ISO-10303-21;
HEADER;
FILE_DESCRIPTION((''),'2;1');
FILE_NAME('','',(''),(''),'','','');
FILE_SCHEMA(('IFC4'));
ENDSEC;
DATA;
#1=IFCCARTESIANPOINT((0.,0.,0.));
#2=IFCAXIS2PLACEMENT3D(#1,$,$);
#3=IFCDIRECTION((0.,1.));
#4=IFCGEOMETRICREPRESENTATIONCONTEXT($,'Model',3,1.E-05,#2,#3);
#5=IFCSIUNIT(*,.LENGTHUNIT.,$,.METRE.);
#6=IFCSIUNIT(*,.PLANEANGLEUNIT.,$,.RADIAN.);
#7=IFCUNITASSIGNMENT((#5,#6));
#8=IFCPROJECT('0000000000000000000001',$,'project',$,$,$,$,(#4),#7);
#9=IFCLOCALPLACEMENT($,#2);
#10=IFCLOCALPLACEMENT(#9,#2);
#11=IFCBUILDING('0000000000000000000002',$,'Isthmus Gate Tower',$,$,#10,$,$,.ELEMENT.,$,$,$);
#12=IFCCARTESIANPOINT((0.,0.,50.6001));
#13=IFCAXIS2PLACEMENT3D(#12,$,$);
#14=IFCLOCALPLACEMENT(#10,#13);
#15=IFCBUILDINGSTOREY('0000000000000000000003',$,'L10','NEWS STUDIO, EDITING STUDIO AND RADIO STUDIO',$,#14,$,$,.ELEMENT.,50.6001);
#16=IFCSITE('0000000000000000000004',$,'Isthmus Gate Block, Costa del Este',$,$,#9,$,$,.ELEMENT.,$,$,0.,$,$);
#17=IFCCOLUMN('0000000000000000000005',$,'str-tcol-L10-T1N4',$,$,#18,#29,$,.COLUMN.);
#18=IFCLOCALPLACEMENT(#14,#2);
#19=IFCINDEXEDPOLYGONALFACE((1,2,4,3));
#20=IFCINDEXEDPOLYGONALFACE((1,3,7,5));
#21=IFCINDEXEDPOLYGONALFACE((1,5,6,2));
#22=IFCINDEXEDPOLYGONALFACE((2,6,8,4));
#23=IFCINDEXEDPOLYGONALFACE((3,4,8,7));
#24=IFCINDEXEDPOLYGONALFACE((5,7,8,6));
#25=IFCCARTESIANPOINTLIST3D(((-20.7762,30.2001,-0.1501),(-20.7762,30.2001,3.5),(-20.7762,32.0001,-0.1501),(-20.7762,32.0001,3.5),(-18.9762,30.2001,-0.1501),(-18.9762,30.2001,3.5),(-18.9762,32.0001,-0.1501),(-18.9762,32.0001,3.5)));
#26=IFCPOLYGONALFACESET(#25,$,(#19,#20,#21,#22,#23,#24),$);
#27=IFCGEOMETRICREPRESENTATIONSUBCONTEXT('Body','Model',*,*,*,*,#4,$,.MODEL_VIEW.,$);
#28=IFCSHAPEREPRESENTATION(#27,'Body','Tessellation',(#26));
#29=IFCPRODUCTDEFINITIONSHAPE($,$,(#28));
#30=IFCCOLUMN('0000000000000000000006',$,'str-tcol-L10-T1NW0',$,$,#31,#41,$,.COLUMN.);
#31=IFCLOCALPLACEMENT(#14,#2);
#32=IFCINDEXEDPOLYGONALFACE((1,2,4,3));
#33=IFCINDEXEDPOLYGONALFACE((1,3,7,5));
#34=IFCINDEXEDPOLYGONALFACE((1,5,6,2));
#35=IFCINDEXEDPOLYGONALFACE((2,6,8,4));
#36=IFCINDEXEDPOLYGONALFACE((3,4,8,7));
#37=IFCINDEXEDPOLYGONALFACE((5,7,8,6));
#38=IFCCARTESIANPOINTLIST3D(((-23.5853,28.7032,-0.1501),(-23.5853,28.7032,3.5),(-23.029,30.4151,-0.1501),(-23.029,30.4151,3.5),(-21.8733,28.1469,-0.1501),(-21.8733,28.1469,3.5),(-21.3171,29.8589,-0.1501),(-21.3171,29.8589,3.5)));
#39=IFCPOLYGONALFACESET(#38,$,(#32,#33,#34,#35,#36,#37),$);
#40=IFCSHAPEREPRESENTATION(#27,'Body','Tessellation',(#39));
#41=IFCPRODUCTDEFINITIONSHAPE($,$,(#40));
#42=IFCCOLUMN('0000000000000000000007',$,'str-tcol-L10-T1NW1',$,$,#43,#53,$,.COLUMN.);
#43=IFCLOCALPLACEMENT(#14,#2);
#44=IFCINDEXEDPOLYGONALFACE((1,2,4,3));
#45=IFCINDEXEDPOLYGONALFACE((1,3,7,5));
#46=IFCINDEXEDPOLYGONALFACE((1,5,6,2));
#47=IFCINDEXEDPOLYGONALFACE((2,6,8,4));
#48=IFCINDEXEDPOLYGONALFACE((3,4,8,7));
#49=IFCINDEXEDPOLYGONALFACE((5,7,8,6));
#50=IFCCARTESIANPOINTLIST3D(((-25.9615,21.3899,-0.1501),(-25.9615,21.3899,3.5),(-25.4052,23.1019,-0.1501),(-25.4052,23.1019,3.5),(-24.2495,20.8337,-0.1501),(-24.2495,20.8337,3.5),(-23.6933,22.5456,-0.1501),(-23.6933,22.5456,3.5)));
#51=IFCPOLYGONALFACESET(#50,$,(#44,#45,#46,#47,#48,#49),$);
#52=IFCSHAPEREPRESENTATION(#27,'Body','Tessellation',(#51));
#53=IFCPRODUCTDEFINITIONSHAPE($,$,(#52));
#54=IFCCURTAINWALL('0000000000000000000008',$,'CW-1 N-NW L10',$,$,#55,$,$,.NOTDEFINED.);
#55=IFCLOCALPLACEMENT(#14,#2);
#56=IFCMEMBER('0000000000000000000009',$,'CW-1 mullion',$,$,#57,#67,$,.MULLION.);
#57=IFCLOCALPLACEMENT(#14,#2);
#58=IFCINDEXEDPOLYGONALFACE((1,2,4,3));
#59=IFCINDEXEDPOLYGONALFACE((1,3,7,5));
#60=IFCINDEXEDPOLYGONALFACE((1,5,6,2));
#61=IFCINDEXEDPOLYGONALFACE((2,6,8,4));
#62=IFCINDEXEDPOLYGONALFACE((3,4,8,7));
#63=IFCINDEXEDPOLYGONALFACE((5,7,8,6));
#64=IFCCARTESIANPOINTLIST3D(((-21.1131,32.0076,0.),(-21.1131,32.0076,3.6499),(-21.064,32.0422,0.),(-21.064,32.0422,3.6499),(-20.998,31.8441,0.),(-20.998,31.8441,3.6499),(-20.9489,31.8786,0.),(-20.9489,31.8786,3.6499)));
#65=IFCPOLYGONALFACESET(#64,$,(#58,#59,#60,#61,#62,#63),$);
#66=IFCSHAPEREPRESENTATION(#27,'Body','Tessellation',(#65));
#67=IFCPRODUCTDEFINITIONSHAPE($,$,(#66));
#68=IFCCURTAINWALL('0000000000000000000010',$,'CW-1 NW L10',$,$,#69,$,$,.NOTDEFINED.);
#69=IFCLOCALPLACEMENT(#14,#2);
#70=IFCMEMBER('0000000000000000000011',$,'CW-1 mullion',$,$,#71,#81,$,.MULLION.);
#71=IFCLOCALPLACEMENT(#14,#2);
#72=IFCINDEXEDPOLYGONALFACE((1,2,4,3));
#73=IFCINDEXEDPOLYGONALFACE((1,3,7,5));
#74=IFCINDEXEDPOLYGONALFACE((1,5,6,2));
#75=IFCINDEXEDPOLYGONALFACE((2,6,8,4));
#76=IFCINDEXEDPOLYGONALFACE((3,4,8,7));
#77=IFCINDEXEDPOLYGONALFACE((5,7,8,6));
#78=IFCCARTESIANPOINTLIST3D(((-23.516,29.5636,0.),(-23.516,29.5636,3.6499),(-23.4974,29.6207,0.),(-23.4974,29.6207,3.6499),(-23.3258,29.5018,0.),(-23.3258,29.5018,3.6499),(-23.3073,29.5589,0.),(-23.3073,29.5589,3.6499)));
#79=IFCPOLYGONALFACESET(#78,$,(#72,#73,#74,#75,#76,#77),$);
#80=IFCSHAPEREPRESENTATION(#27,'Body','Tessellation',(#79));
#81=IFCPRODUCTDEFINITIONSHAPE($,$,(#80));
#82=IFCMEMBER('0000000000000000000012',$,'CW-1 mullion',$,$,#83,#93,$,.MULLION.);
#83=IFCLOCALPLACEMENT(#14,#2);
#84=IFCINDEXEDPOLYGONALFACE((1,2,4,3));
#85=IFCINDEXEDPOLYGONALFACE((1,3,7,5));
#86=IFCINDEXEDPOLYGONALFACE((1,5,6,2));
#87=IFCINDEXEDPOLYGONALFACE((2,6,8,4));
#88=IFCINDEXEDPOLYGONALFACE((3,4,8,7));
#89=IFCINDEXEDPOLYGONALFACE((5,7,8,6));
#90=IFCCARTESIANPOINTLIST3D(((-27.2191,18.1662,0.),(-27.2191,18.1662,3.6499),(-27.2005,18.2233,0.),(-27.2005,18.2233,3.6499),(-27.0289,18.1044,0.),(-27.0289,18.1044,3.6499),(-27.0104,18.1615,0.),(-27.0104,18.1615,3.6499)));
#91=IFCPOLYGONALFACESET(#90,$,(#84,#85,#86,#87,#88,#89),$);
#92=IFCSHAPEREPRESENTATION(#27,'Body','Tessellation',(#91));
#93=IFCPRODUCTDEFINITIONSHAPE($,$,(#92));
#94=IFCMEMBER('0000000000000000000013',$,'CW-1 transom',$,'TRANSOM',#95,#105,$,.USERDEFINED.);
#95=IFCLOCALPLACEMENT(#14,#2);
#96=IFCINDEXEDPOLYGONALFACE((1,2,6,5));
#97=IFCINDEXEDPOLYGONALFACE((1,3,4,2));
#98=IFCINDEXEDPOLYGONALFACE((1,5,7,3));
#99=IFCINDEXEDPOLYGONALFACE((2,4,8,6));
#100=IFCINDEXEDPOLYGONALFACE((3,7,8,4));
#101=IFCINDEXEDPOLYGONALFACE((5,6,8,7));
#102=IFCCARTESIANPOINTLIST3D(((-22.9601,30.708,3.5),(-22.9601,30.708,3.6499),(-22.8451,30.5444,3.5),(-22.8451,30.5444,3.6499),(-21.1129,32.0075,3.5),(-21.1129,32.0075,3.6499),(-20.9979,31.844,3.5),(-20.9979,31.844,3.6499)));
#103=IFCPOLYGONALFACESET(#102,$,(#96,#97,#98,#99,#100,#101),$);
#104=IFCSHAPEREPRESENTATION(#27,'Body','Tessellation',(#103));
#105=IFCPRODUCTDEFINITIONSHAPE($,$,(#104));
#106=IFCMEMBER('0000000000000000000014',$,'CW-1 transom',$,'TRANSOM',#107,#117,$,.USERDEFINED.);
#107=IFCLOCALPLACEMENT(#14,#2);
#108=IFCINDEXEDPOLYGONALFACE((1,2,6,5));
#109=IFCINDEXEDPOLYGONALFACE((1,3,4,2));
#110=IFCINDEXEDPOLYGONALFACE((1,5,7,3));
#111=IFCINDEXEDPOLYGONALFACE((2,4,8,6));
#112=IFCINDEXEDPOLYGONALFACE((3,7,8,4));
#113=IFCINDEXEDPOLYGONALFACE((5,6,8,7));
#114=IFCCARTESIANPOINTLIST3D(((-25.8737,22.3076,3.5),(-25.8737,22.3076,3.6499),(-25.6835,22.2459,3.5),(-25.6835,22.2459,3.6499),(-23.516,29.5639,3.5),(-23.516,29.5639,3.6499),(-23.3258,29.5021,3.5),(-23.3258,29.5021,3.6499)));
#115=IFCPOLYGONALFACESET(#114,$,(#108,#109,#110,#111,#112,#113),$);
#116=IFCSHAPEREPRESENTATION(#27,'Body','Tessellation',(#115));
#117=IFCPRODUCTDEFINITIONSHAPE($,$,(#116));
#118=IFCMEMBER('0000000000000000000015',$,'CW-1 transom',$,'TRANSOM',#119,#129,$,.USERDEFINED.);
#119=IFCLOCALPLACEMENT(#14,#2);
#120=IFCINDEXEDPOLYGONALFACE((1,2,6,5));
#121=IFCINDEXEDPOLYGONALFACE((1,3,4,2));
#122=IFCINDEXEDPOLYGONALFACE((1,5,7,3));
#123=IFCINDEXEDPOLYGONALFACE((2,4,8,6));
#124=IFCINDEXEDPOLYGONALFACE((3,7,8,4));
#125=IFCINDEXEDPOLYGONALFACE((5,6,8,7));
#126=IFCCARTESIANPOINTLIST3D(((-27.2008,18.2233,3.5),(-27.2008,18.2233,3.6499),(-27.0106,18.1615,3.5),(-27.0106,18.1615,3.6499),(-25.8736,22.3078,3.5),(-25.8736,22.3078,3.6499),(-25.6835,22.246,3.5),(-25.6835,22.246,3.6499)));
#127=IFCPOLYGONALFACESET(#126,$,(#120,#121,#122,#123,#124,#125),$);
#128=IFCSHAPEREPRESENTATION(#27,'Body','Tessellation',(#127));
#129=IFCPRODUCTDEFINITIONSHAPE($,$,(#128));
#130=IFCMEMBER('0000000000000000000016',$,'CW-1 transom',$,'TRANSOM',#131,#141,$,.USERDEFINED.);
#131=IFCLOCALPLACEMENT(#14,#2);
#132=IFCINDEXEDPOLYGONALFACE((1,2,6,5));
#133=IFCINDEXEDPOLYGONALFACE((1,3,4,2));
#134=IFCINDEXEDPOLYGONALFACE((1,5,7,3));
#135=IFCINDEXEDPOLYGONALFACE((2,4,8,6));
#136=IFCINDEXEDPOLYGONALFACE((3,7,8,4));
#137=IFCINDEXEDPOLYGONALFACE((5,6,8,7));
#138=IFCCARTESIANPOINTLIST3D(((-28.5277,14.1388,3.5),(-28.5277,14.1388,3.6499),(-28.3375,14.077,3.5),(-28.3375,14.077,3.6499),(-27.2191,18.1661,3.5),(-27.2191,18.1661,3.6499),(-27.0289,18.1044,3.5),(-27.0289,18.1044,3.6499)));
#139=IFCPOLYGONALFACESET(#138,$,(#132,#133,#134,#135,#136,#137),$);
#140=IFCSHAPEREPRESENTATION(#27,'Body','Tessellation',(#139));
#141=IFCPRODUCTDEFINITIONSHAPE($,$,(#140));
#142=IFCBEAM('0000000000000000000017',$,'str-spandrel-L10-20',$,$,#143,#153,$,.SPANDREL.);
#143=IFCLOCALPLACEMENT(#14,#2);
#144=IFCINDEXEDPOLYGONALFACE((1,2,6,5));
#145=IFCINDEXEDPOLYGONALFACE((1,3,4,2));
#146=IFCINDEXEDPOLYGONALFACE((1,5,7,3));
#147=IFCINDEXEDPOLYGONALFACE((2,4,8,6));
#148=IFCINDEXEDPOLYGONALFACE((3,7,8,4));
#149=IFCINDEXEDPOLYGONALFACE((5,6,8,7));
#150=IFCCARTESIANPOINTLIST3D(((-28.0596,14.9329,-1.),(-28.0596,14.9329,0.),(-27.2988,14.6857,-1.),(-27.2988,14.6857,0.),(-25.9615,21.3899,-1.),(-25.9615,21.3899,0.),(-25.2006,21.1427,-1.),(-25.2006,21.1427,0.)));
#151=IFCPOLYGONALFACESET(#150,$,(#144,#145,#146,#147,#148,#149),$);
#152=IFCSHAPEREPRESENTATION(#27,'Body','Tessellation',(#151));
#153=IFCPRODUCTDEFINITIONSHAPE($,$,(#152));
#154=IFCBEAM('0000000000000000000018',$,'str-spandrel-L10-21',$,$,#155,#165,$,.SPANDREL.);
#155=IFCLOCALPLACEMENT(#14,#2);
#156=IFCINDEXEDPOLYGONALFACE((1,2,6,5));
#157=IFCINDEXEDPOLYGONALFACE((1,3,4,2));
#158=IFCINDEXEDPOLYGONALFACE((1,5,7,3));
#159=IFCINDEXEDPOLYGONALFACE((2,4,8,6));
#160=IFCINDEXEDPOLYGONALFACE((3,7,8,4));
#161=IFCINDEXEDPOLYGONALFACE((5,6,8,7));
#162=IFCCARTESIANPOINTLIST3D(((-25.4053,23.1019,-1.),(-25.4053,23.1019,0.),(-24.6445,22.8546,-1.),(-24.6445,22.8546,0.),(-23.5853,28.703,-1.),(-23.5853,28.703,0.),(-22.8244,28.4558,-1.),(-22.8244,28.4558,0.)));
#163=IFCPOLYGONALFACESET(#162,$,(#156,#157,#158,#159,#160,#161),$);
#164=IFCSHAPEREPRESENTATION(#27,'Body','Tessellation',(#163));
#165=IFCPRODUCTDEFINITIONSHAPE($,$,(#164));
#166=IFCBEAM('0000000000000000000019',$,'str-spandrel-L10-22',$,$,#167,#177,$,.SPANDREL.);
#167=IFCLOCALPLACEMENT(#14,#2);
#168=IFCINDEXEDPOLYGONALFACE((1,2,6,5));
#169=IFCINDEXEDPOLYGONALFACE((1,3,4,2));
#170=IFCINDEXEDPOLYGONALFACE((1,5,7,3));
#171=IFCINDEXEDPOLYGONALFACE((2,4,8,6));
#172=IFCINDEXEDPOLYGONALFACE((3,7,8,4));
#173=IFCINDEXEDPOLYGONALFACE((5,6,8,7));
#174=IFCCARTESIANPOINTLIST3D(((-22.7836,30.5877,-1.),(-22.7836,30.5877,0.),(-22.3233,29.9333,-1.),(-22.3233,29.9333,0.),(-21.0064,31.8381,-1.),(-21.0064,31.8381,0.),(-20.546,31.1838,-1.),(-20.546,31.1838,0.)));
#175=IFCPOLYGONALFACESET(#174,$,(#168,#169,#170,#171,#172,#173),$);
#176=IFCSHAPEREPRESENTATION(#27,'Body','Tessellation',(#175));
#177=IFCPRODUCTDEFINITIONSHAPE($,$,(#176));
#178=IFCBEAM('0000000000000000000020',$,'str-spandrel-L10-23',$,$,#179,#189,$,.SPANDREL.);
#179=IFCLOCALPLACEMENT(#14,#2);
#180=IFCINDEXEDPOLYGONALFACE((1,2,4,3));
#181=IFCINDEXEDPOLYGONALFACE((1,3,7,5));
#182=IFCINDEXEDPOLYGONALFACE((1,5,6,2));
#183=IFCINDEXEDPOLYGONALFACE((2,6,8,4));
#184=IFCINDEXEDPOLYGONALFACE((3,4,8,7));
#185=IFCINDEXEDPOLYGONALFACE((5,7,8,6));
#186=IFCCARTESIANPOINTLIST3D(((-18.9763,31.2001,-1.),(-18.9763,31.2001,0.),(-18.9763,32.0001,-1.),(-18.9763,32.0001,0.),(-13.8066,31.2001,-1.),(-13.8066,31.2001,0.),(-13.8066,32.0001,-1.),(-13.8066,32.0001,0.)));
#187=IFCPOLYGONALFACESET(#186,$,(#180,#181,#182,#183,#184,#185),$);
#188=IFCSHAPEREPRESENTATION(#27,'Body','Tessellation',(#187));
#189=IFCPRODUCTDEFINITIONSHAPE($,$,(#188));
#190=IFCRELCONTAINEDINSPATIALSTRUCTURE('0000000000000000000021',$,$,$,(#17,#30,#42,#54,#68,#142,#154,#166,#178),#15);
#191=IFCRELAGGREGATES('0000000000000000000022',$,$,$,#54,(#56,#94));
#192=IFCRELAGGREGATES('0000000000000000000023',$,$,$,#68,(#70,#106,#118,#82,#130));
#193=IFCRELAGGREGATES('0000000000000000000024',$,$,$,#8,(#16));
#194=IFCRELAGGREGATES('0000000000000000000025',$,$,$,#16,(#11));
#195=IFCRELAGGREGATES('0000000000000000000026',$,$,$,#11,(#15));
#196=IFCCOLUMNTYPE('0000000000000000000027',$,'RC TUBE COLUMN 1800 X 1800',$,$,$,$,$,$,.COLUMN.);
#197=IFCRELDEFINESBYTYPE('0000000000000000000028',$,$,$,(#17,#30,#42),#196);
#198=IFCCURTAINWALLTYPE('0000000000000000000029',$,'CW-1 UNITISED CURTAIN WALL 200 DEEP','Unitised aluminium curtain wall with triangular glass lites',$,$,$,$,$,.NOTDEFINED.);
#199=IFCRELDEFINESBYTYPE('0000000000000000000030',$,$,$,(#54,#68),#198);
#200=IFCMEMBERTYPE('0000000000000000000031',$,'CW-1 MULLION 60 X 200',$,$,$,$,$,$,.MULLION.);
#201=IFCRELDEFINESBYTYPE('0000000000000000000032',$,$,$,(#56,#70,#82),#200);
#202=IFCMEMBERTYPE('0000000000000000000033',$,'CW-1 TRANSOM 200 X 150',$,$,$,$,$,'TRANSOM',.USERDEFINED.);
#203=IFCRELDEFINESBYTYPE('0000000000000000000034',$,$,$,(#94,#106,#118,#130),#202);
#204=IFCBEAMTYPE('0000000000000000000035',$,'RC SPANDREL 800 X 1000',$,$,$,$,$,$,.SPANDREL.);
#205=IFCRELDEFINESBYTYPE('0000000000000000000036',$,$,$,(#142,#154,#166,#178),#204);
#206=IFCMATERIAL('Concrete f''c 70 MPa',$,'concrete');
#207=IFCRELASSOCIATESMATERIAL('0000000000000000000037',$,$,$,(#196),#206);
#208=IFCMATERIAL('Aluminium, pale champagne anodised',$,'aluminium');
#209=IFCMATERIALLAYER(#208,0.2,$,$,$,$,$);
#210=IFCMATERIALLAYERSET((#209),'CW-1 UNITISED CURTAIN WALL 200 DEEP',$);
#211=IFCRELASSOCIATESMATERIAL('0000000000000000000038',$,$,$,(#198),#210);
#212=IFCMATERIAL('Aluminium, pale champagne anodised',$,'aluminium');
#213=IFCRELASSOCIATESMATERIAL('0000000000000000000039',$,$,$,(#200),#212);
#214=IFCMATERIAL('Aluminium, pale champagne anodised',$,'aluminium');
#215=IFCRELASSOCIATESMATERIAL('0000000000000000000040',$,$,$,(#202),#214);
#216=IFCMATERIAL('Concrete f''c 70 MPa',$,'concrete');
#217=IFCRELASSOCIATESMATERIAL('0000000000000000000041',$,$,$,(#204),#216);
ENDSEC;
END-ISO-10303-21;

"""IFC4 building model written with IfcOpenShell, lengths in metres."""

from ifc_helpers import new_model, si_unit, direction, frame, origin, origin_2d, place, context, subcontext, project, spatial, rectangle, extrude, material, layer, layer_set, material_profile, profile_set, type_object, element, aggregate, save


model = new_model("IFC4")

# Units and contexts
model_context = context("Model", 3, precision=1e-05, world=origin(), true_north=direction((0.0, 1.0)))
body_context = subcontext(model_context, "Body", "Model", "MODEL_VIEW")
ifc_project = project(units=[si_unit("LENGTHUNIT", "METRE"), si_unit("PLANEANGLEUNIT", "RADIAN")], contexts=[model_context])

# Site, building, storey
site_placement = place(None, origin())
site = spatial("IfcSite", under=ifc_project, at=site_placement, Name="Isthmus Gate Block, Costa del Este", CompositionType="ELEMENT", RefElevation=0.0)
building_placement = place(site_placement, origin())
building = spatial("IfcBuilding", under=site, at=building_placement, Name="Isthmus Gate Tower", CompositionType="ELEMENT")
storey_placement = place(building_placement, frame((0.0, 0.0, 50.6001)))
storey = spatial("IfcBuildingStorey", under=building, at=storey_placement, Name="L10", Description="NEWS STUDIO, EDITING STUDIO AND RADIO STUDIO", CompositionType="ELEMENT", Elevation=50.6001)

# Columns
ifc_material_1 = material(Name="Concrete f'c 70 MPa", Category="concrete")
ifc_material_profile_1 = material_profile(ifc_material_1, rectangle(XDim=1.8, YDim=1.8, at=origin_2d()), Name="RC 1800X1800")
ifc_profile_set_1 = profile_set([ifc_material_profile_1], Name="Concrete f'c 70 MPa")
column_type = type_object("IfcColumnType", Name="RC TUBE COLUMN 1800 X 1800", PredefinedType="COLUMN", material=ifc_profile_set_1)
for number, where, z_axis, x_axis, name in (
    (1, (-19.8762, 31.1001, -0.1501), (0.0, 0.0, 1.0), (-1.0, 0.0, 0.0), "str-tcol-L10-T1N4"),
    (2, (-22.4512, 29.281, -0.1501), (0.0, 0.0, 1.0), (-0.309017, -0.951057, 0.0), "str-tcol-L10-T1NW0"),
    (3, (-24.8274, 21.9678, -0.1501), (0.0, 0.0, 1.0), (-0.309017, -0.951057, 0.0), "str-tcol-L10-T1NW1"),
):
    element("IfcColumn", number, at=place(storey_placement, frame(where, z_axis=z_axis, x_axis=x_axis)), inside=storey, type_object=column_type, Name=name, PredefinedType="COLUMN", context=body_context, shape_type="SweptSolid", body=[
        extrude(rectangle(XDim=1.8, YDim=1.8, at=origin_2d()), origin(), (0.0, 0.0, 1.0), 3.6501),
    ])

# Curtain wall, member
ifc_material_2 = material(Name="Aluminium, pale champagne anodised", Category="aluminium")
ifc_layer_1 = layer(ifc_material_2, 0.2)
ifc_layer_set_1 = layer_set([ifc_layer_1], Name="CW-1 UNITISED CURTAIN WALL 200 DEEP")
curtain_wall_type = type_object("IfcCurtainWallType", Name="CW-1 UNITISED CURTAIN WALL 200 DEEP", Description="Unitised aluminium curtain wall with triangular glass lites", PredefinedType="NOTDEFINED", material=ifc_layer_set_1)
curtain_wall_1_placement = place(storey_placement, origin())
curtain_wall_1 = element("IfcCurtainWall", 4, at=curtain_wall_1_placement, inside=storey, type_object=curtain_wall_type, Name="CW-1 N-NW L10", PredefinedType="NOTDEFINED")
ifc_material_3 = material(Name="Aluminium, pale champagne anodised", Category="aluminium")
ifc_material_profile_2 = material_profile(ifc_material_3, rectangle(XDim=0.0601, YDim=0.2, at=origin_2d()), Name="60x200")
ifc_profile_set_2 = profile_set([ifc_material_profile_2], Name="Aluminium, pale champagne anodised")
member_type_1 = type_object("IfcMemberType", Name="CW-1 MULLION 60 X 200", PredefinedType="MULLION", material=ifc_profile_set_2)
member_1_placement = place(storey_placement, frame((-21.031, 31.9431, 0.0), z_axis=(0.0, 0.0, 1.0), x_axis=(-0.81786, -0.575418, 0.0)))
member_1 = element("IfcMember", 5, at=member_1_placement, type_object=member_type_1, Name="CW-1 mullion", PredefinedType="MULLION", context=body_context, shape_type="SweptSolid", body=[
    extrude(rectangle(XDim=0.0601, YDim=0.2, at=origin_2d()), origin(), (0.0, 0.0, 1.0), 3.6499),
])

# Curtain wall, members
curtain_wall_2_placement = place(storey_placement, origin())
curtain_wall_2 = element("IfcCurtainWall", 6, at=curtain_wall_2_placement, inside=storey, type_object=curtain_wall_type, Name="CW-1 NW L10", PredefinedType="NOTDEFINED")
member_2_placement = place(storey_placement, frame((-23.4116, 29.5613, 0.0), z_axis=(0.0, 0.0, 1.0), x_axis=(-0.309017, -0.951057, 0.0)))
member_2 = element("IfcMember", 7, at=member_2_placement, type_object=member_type_1, Name="CW-1 mullion", PredefinedType="MULLION", context=body_context, shape_type="SweptSolid", body=[
    extrude(rectangle(XDim=0.0601, YDim=0.2, at=origin_2d()), origin(), (0.0, 0.0, 1.0), 3.6499),
])
member_3_placement = place(storey_placement, frame((-27.1147, 18.1638, 0.0), z_axis=(0.0, 0.0, 1.0), x_axis=(-0.309017, -0.951057, 0.0)))
member_3 = element("IfcMember", 8, at=member_3_placement, type_object=member_type_1, Name="CW-1 mullion", PredefinedType="MULLION", context=body_context, shape_type="SweptSolid", body=[
    extrude(rectangle(XDim=0.0601, YDim=0.2, at=origin_2d()), origin(), (0.0, 0.0, 1.0), 3.6499),
])

# Members
ifc_material_4 = material(Name="Aluminium, pale champagne anodised", Category="aluminium")
ifc_material_profile_3 = material_profile(ifc_material_4, rectangle(XDim=0.2, YDim=0.1499, at=origin_2d()), Name="200x150")
ifc_profile_set_3 = profile_set([ifc_material_profile_3], Name="Aluminium, pale champagne anodised")
member_type_2 = type_object("IfcMemberType", Name="CW-1 TRANSOM 200 X 150", ElementType="TRANSOM", PredefinedType="USERDEFINED", material=ifc_profile_set_3)
member_4_placement = place(storey_placement, frame((-21.0554, 31.9258, 3.575), z_axis=(-0.817869, -0.575405, 0.0), x_axis=(0.575405, -0.817869, 0.0)))
member_4 = element("IfcMember", 9, at=member_4_placement, type_object=member_type_2, Name="CW-1 transom", ObjectType="TRANSOM", PredefinedType="USERDEFINED", context=body_context, shape_type="SweptSolid", body=[
    extrude(rectangle(XDim=0.2, YDim=0.1499, at=origin_2d()), origin(), (0.0, 0.0, 1.0), 2.2585),
])
member_5_placement = place(storey_placement, frame((-23.4209, 29.533, 3.575), z_axis=(-0.309019, -0.951056, 0.0), x_axis=(0.951056, -0.309019, 0.0)))
member_5 = element("IfcMember", 10, at=member_5_placement, type_object=member_type_2, Name="CW-1 transom", ObjectType="TRANSOM", PredefinedType="USERDEFINED", context=body_context, shape_type="SweptSolid", body=[
    extrude(rectangle(XDim=0.2, YDim=0.1499, at=origin_2d()), origin(), (0.0, 0.0, 1.0), 7.6296),
])
member_6_placement = place(storey_placement, frame((-25.7786, 22.2769, 3.575), z_axis=(-0.309022, -0.951055, 0.0), x_axis=(0.951055, -0.309022, 0.0)))
member_6 = element("IfcMember", 11, at=member_6_placement, type_object=member_type_2, Name="CW-1 transom", ObjectType="TRANSOM", PredefinedType="USERDEFINED", context=body_context, shape_type="SweptSolid", body=[
    extrude(rectangle(XDim=0.2, YDim=0.1499, at=origin_2d()), origin(), (0.0, 0.0, 1.0), 4.2947),
])
member_7_placement = place(storey_placement, frame((-27.124, 18.1353, 3.575), z_axis=(-0.309023, -0.951054, 0.0), x_axis=(0.951054, -0.309023, 0.0)))
member_7 = element("IfcMember", 12, at=member_7_placement, type_object=member_type_2, Name="CW-1 transom", ObjectType="TRANSOM", PredefinedType="USERDEFINED", context=body_context, shape_type="SweptSolid", body=[
    extrude(rectangle(XDim=0.2, YDim=0.1499, at=origin_2d()), origin(), (0.0, 0.0, 1.0), 4.2346),
])

# Beams
ifc_material_5 = material(Name="Concrete f'c 70 MPa", Category="concrete")
ifc_material_profile_4 = material_profile(ifc_material_5, rectangle(XDim=0.8, YDim=1.0, at=origin_2d()), Name="RC 800X1000")
ifc_profile_set_4 = profile_set([ifc_material_profile_4], Name="Concrete f'c 70 MPa")
beam_type_1 = type_object("IfcBeamType", Name="RC SPANDREL 800 X 1000", PredefinedType="SPANDREL", material=ifc_profile_set_4)
beam_1_placement = place(storey_placement, frame((-27.6792, 14.8093, -0.5), z_axis=(0.309034, 0.951051, 0.0), x_axis=(-0.951051, 0.309034, 0.0)))
element("IfcBeam", 13, at=beam_1_placement, inside=storey, type_object=beam_type_1, Name="str-spandrel-L10-20", PredefinedType="SPANDREL", context=body_context, shape_type="SweptSolid", body=[
    extrude(rectangle(XDim=0.8, YDim=1.0, at=origin_2d()), origin(), (0.0, 0.0, 1.0), 6.7893),
])
beam_2_placement = place(storey_placement, frame((-25.0249, 22.9783, -0.5), z_axis=(0.309043, 0.951048, 0.0), x_axis=(-0.951048, 0.309043, 0.0)))
element("IfcBeam", 14, at=beam_2_placement, inside=storey, type_object=beam_type_1, Name="str-spandrel-L10-21", PredefinedType="SPANDREL", context=body_context, shape_type="SweptSolid", body=[
    extrude(rectangle(XDim=0.8, YDim=1.0, at=origin_2d()), origin(), (0.0, 0.0, 1.0), 5.8894),
])
beam_3_placement = place(storey_placement, frame((-22.5535, 30.2605, -0.5), z_axis=(0.817857, 0.575421, 0.0), x_axis=(-0.575421, 0.817857, 0.0)))
element("IfcBeam", 15, at=beam_3_placement, inside=storey, type_object=beam_type_1, Name="str-spandrel-L10-22", PredefinedType="SPANDREL", context=body_context, shape_type="SweptSolid", body=[
    extrude(rectangle(XDim=0.8, YDim=1.0, at=origin_2d()), origin(), (0.0, 0.0, 1.0), 2.1731),
])
beam_4_placement = place(storey_placement, frame((-18.9763, 31.6001, -0.5), z_axis=(1.0, 0.0, 0.0), x_axis=(0.0, 1.0, 0.0)))
element("IfcBeam", 16, at=beam_4_placement, inside=storey, type_object=beam_type_1, Name="str-spandrel-L10-23", PredefinedType="SPANDREL", context=body_context, shape_type="SweptSolid", body=[
    extrude(rectangle(XDim=0.8, YDim=1.0, at=origin_2d()), origin(), (0.0, 0.0, 1.0), 5.1697),
])

aggregate(curtain_wall_1, [member_1, member_4])

aggregate(curtain_wall_2, [member_2, member_5, member_6, member_3, member_7])

save(model, "model.ifc")
